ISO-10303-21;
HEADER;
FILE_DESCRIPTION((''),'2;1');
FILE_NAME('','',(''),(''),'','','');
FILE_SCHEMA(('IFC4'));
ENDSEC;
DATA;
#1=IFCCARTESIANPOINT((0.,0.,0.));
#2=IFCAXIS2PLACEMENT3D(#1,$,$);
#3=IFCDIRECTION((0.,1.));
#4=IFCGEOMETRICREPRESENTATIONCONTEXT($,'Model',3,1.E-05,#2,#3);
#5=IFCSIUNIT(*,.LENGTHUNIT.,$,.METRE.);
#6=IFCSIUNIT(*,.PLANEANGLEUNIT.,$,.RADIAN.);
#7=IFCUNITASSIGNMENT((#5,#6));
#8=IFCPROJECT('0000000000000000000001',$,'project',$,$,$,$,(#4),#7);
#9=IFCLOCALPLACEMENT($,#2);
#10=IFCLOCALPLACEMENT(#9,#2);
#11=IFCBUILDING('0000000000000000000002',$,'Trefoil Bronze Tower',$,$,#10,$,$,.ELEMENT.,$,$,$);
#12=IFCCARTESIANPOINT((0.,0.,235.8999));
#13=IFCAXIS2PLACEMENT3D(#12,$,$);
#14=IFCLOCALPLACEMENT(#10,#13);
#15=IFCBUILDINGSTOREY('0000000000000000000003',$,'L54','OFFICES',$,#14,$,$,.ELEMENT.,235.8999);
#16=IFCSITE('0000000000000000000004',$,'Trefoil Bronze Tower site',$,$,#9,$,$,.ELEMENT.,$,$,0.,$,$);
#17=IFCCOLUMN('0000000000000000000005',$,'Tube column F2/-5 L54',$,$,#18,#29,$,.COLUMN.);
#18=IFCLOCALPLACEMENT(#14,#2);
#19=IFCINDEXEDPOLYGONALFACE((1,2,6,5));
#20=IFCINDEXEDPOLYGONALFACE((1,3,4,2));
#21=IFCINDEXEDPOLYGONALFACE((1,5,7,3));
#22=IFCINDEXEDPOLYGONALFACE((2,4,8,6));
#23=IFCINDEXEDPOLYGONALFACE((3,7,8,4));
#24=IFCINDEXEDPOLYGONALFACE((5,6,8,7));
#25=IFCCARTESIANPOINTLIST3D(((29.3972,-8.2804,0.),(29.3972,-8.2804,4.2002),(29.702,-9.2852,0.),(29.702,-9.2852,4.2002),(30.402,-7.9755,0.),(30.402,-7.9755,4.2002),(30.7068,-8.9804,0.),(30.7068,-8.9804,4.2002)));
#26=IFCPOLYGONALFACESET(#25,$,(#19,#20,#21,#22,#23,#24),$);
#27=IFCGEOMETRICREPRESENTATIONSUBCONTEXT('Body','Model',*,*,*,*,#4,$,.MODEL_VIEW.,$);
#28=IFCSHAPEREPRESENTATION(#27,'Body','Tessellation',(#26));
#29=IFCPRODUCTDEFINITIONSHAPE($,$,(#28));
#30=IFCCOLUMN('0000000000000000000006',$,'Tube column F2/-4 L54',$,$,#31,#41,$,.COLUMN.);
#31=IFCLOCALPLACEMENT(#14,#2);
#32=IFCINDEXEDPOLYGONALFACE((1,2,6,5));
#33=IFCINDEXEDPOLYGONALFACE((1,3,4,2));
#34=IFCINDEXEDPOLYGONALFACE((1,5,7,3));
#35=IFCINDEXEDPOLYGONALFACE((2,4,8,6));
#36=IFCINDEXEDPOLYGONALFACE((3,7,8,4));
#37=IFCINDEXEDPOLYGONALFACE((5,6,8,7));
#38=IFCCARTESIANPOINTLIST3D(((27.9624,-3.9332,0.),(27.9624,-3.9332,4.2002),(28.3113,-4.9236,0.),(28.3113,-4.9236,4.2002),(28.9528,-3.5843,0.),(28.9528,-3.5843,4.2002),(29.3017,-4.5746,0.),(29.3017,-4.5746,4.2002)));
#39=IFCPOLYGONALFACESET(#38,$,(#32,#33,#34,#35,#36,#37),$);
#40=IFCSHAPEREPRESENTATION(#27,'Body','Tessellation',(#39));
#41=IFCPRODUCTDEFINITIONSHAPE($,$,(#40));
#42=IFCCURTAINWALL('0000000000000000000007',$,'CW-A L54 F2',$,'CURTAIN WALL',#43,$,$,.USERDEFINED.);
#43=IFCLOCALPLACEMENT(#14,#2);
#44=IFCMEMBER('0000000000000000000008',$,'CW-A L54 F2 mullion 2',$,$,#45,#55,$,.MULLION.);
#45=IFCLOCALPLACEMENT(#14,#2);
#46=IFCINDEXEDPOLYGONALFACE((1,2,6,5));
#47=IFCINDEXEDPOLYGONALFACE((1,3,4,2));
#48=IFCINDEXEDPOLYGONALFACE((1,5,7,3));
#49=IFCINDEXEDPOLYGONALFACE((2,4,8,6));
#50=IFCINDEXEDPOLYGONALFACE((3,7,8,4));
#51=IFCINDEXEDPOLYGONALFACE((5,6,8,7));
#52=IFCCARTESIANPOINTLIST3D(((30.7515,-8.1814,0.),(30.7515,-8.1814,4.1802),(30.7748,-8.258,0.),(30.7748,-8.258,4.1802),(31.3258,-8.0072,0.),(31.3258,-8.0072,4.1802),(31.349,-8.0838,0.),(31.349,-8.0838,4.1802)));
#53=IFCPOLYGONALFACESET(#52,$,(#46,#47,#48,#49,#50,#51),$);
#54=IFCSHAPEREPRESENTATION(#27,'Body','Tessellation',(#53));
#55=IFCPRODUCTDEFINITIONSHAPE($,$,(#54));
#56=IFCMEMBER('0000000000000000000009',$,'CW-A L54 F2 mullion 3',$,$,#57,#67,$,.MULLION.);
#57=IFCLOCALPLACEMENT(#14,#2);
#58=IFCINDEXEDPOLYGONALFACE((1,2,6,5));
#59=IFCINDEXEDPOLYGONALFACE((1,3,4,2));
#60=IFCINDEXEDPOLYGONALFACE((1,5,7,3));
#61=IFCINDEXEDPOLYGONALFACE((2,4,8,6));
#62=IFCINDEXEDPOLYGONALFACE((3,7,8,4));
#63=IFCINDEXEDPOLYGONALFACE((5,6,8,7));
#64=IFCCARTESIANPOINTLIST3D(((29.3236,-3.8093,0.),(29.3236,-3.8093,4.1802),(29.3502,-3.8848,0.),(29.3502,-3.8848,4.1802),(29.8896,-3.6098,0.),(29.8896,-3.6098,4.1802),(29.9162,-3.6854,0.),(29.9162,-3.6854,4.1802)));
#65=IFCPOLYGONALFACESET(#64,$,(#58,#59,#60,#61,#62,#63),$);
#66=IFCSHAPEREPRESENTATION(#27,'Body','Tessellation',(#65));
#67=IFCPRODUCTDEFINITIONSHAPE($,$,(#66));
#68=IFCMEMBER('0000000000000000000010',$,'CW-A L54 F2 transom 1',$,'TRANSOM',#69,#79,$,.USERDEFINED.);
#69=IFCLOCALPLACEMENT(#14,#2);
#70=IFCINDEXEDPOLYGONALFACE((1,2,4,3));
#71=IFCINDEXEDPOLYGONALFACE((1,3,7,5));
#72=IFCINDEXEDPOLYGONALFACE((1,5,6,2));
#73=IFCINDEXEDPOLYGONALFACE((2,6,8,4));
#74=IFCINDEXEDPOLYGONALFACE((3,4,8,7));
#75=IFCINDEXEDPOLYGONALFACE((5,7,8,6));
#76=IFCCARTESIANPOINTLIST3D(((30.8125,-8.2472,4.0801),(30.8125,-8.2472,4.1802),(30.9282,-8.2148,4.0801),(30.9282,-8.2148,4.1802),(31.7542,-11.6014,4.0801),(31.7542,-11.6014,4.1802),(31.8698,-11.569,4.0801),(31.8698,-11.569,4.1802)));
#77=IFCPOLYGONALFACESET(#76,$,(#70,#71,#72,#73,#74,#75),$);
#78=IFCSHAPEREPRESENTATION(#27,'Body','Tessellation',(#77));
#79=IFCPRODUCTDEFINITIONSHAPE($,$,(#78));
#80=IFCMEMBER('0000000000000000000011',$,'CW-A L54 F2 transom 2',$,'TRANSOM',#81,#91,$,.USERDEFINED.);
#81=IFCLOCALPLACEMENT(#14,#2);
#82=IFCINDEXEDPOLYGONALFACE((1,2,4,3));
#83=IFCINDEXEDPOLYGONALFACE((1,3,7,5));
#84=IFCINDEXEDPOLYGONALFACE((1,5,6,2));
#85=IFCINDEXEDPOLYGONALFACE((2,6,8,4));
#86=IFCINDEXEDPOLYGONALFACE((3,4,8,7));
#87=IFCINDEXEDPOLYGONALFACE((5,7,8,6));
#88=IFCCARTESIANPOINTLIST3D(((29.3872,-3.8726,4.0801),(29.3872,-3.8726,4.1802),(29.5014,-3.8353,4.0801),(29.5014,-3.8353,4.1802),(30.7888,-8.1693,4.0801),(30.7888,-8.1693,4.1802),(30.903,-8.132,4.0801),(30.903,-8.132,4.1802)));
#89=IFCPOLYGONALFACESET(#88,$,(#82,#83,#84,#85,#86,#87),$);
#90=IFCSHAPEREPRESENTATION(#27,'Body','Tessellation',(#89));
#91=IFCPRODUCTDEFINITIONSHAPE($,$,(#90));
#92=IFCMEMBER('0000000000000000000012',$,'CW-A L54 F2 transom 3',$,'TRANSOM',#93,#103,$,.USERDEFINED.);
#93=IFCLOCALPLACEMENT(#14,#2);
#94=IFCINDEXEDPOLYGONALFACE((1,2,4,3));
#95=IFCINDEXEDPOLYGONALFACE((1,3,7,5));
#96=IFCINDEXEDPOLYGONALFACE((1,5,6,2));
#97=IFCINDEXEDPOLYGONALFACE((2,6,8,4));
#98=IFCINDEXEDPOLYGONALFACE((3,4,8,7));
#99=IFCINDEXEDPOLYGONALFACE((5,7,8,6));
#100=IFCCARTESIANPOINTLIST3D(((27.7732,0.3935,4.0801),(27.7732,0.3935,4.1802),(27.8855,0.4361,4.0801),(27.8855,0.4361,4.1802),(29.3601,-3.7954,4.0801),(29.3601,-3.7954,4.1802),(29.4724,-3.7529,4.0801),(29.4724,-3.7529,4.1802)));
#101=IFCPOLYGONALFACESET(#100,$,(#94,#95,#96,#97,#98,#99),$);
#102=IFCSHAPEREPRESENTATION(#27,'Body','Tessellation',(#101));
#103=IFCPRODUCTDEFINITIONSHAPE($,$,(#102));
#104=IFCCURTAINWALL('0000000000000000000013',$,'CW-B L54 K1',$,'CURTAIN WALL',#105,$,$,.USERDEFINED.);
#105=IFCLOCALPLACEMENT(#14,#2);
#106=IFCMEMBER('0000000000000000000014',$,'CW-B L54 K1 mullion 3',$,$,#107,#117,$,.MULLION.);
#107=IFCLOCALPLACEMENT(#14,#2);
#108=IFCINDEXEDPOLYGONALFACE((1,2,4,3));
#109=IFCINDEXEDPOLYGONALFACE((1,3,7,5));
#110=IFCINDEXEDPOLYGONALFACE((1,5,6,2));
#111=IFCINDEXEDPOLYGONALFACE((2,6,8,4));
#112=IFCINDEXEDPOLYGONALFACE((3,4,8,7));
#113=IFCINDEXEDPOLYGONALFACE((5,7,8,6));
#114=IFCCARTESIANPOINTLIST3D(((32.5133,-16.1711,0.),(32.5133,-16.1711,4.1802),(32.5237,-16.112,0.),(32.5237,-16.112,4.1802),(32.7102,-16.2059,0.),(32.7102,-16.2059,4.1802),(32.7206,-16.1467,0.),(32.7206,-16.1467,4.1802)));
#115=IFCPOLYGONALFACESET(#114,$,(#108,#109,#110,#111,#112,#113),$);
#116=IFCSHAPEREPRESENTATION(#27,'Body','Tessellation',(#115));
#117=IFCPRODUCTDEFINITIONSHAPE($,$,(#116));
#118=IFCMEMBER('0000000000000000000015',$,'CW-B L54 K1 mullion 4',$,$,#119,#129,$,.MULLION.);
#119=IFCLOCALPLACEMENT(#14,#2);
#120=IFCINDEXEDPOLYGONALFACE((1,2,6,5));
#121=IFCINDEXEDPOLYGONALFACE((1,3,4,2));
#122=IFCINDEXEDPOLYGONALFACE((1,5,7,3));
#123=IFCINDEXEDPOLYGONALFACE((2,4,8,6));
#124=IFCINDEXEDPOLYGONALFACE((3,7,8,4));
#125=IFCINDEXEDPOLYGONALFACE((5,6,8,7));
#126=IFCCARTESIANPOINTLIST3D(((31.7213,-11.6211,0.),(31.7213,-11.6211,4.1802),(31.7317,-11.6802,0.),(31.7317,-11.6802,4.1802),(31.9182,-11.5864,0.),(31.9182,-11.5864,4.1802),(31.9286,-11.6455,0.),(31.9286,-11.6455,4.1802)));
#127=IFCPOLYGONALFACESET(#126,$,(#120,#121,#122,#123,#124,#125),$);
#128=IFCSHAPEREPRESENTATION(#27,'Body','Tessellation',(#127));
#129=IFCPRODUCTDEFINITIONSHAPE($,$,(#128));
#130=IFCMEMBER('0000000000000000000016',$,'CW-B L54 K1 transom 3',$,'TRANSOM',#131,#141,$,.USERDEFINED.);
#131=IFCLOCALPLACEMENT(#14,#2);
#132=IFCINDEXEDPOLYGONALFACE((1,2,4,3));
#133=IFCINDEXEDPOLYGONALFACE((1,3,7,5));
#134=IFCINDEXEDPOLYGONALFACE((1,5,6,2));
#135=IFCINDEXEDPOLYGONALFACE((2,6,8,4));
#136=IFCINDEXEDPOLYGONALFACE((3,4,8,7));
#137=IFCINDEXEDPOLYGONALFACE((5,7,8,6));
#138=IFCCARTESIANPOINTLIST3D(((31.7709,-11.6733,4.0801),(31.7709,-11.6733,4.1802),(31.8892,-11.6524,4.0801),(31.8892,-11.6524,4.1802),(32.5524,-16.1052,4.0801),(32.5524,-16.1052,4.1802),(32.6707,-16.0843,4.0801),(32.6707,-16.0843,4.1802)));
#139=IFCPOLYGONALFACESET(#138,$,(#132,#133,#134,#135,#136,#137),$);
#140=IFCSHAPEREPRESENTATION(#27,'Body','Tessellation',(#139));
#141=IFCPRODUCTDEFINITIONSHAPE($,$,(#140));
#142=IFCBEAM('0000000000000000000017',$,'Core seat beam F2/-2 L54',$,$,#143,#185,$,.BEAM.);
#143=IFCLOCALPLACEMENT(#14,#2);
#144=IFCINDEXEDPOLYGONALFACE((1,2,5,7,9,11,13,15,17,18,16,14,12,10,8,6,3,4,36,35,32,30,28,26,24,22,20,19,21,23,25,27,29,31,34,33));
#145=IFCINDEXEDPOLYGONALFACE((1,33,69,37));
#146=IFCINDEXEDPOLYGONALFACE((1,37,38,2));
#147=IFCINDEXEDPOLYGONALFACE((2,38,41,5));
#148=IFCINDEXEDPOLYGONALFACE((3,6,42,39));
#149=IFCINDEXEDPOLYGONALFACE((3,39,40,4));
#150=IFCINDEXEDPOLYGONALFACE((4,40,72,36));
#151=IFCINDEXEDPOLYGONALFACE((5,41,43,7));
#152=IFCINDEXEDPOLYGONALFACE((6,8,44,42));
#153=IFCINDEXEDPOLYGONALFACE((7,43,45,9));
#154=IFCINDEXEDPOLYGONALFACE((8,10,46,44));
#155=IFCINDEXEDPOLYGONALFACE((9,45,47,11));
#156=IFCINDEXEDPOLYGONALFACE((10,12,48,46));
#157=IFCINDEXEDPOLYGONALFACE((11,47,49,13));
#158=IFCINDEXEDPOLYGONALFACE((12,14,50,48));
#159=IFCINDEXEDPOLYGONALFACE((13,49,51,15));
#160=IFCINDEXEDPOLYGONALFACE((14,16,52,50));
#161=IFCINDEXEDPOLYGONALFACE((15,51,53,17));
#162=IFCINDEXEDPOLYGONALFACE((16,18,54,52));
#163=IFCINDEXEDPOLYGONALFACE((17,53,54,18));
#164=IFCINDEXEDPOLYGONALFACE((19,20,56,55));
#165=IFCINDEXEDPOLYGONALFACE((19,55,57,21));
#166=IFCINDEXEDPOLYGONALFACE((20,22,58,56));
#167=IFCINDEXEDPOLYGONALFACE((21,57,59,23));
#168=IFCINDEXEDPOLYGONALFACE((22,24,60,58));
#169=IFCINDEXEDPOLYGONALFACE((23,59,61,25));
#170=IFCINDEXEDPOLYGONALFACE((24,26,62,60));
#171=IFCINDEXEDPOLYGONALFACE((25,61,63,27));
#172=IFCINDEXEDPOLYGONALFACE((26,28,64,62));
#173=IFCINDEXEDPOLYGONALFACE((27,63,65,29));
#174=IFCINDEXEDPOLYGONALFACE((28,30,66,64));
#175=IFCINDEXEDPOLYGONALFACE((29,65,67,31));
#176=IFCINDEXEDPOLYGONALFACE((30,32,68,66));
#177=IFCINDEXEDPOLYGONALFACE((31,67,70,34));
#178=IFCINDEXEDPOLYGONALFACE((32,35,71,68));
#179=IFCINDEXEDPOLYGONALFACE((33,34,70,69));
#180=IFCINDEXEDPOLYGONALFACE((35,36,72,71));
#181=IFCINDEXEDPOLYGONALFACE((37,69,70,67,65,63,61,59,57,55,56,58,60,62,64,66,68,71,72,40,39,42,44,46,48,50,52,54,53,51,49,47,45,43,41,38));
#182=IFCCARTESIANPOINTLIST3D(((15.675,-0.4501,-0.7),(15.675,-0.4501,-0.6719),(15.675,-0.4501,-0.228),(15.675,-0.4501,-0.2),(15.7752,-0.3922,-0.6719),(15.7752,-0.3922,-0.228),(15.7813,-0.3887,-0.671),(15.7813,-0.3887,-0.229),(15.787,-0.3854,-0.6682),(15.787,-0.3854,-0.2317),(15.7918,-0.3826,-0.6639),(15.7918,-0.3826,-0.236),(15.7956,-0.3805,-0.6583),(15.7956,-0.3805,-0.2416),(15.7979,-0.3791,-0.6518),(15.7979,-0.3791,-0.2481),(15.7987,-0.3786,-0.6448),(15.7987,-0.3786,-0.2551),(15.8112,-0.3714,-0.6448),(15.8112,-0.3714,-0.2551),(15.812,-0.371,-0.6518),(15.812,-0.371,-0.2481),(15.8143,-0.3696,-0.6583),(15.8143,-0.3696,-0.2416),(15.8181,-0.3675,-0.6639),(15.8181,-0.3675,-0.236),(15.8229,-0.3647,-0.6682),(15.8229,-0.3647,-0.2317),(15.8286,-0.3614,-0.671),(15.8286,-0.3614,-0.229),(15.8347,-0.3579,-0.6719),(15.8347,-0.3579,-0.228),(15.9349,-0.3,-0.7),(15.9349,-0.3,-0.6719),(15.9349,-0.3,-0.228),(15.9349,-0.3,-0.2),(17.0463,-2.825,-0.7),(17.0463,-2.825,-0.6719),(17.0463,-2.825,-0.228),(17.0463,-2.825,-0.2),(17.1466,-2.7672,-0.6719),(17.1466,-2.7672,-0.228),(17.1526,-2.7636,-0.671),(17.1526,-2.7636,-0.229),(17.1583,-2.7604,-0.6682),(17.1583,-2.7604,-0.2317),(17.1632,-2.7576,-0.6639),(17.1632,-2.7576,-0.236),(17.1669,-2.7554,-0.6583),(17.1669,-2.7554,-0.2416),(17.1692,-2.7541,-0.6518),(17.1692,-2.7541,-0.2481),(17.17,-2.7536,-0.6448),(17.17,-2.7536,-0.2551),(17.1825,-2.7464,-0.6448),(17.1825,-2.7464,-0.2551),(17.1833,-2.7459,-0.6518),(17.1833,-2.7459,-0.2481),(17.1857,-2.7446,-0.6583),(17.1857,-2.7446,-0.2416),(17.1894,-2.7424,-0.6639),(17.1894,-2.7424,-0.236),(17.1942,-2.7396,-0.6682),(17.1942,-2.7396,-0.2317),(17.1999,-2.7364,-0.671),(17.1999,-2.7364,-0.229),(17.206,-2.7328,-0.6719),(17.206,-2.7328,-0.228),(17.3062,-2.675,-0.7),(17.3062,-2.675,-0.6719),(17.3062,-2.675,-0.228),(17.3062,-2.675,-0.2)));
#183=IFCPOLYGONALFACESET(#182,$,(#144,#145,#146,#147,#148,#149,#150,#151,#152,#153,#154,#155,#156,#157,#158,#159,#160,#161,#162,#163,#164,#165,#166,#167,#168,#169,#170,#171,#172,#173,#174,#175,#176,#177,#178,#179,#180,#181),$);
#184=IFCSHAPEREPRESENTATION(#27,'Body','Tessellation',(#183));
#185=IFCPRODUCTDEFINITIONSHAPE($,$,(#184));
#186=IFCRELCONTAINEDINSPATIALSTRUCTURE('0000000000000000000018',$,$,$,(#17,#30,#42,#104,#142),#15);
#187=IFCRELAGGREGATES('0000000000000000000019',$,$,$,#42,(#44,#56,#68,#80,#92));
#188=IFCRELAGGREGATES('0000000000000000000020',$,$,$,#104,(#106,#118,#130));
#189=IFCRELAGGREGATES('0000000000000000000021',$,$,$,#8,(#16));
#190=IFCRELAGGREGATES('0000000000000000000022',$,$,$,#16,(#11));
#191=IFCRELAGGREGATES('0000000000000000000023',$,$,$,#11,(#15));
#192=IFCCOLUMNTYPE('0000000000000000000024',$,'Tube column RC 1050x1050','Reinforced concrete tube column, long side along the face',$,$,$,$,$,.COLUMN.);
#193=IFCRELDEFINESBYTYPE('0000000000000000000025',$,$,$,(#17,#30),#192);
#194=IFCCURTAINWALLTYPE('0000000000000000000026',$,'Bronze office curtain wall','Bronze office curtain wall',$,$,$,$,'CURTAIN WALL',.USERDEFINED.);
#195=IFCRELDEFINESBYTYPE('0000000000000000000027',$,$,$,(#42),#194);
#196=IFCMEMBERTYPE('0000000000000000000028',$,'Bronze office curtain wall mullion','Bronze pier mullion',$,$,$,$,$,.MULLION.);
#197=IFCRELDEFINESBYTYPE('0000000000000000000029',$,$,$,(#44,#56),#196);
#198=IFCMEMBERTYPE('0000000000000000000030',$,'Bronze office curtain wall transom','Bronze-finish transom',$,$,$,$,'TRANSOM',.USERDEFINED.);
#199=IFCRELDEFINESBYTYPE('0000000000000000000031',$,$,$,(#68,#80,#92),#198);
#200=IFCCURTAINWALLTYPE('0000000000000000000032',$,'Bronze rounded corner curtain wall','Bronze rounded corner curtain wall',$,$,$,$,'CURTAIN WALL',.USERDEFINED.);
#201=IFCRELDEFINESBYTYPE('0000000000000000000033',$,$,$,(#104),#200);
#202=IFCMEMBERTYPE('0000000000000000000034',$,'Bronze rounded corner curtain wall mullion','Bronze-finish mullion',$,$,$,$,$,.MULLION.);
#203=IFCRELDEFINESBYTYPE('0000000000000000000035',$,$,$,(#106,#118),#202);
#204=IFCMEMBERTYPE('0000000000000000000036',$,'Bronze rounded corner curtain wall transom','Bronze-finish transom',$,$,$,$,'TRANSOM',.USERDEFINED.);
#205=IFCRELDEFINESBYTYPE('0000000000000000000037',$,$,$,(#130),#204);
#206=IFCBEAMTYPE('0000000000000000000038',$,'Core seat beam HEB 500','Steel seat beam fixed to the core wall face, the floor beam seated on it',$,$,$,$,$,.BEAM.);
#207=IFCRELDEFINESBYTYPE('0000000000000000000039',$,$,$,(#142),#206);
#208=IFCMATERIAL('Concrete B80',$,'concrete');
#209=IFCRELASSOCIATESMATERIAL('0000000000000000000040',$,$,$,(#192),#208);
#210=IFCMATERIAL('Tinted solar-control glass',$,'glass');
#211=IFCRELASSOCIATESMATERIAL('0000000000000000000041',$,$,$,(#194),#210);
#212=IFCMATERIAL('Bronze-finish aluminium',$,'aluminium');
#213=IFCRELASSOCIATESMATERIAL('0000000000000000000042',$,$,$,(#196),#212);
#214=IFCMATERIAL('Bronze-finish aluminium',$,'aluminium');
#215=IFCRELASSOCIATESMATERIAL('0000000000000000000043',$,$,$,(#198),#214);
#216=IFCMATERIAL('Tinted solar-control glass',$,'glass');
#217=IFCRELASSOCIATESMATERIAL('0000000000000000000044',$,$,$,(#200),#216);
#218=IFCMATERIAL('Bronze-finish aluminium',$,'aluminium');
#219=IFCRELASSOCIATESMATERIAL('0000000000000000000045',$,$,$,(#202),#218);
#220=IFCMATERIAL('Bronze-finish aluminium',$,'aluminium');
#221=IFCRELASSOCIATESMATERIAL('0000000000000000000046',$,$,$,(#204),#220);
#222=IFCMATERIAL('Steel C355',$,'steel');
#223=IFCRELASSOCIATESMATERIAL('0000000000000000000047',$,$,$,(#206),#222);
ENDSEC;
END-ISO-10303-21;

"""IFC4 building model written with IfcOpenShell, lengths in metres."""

from ifc_helpers import new_model, si_unit, direction, frame, origin, origin_2d, place, context, subcontext, project, spatial, rectangle, i_section, extrude, material, material_profile, profile_set, type_object, element, aggregate, save


model = new_model("IFC4")

# Units and contexts
model_context = context("Model", 3, precision=1e-05, world=origin(), true_north=direction((0.0, 1.0)))
body_context = subcontext(model_context, "Body", "Model", "MODEL_VIEW")
ifc_project = project(units=[si_unit("LENGTHUNIT", "METRE"), si_unit("PLANEANGLEUNIT", "RADIAN")], contexts=[model_context])

# Site, building, storey
site_placement = place(None, origin())
site = spatial("IfcSite", under=ifc_project, at=site_placement, Name="Trefoil Bronze Tower site", CompositionType="ELEMENT", RefElevation=0.0)
building_placement = place(site_placement, origin())
building = spatial("IfcBuilding", under=site, at=building_placement, Name="Trefoil Bronze Tower", CompositionType="ELEMENT")
storey_placement = place(building_placement, frame((0.0, 0.0, 235.8999)))
storey = spatial("IfcBuildingStorey", under=building, at=storey_placement, Name="L54", Description="OFFICES", CompositionType="ELEMENT", Elevation=235.8999)

# Columns
ifc_material_1 = material(Name="Concrete B80", Category="concrete")
ifc_material_profile_1 = material_profile(ifc_material_1, rectangle(XDim=1.05, YDim=1.05, at=origin_2d()), Name="RC 1050x1050")
ifc_profile_set_1 = profile_set([ifc_material_profile_1], Name="Concrete B80")
column_type = type_object("IfcColumnType", Name="Tube column RC 1050x1050", Description="Reinforced concrete tube column, long side along the face", PredefinedType="COLUMN", material=ifc_profile_set_1)
for number, where, z_axis, x_axis, name in (
    (1, (30.052, -8.6304, 0.0), (0.0, 0.0, 1.0), (-0.290278, 0.956942, 0.0), "Tube column F2/-5 L54"),
    (2, (28.6321, -4.2539, 0.0), (0.0, 0.0, 1.0), (-0.332282, 0.94318, 0.0), "Tube column F2/-4 L54"),
):
    element("IfcColumn", number, at=place(storey_placement, frame(where, z_axis=z_axis, x_axis=x_axis)), inside=storey, type_object=column_type, Name=name, PredefinedType="COLUMN", context=body_context, shape_type="SweptSolid", body=[
        extrude(rectangle(XDim=1.05, YDim=1.05, at=origin_2d()), origin(), (0.0, 0.0, 1.0), 4.2002),
    ])

# Curtain walls, members
ifc_material_2 = material(Name="Tinted solar-control glass", Category="glass")
curtain_wall_type_1 = type_object("IfcCurtainWallType", Name="Bronze office curtain wall", Description="Bronze office curtain wall", ElementType="CURTAIN WALL", PredefinedType="USERDEFINED", material=ifc_material_2)
curtain_wall_1_placement = place(storey_placement, origin())
curtain_wall_1 = element("IfcCurtainWall", 3, at=curtain_wall_1_placement, inside=storey, type_object=curtain_wall_type_1, Name="CW-A L54 F2", ObjectType="CURTAIN WALL", PredefinedType="USERDEFINED")
ifc_material_3 = material(Name="Bronze-finish aluminium", Category="aluminium")
ifc_material_profile_2 = material_profile(ifc_material_3, rectangle(XDim=0.6001, YDim=0.0801, at=origin_2d()), Name="CW-A mullion")
ifc_profile_set_2 = profile_set([ifc_material_profile_2], Name="Bronze-finish aluminium")
member_type_1 = type_object("IfcMemberType", Name="Bronze office curtain wall mullion", Description="Bronze pier mullion", PredefinedType="MULLION", material=ifc_profile_set_2)
member_1_placement = place(storey_placement, frame((31.0503, -8.1326, 0.0), z_axis=(0.0, 0.0, 1.0), x_axis=(-0.956942, -0.290278, 0.0)))
member_1 = element("IfcMember", 4, at=member_1_placement, type_object=member_type_1, Name="CW-A L54 F2 mullion 2", PredefinedType="MULLION", context=body_context, shape_type="SweptSolid", body=[
    extrude(rectangle(XDim=0.6001, YDim=0.0801, at=origin_2d()), origin(), (0.0, 0.0, 1.0), 4.1802),
])
member_2_placement = place(storey_placement, frame((29.6199, -3.7473, 0.0), z_axis=(0.0, 0.0, 1.0), x_axis=(-0.94318, -0.332282, 0.0)))
member_2 = element("IfcMember", 5, at=member_2_placement, type_object=member_type_1, Name="CW-A L54 F2 mullion 3", PredefinedType="MULLION", context=body_context, shape_type="SweptSolid", body=[
    extrude(rectangle(XDim=0.6001, YDim=0.0801, at=origin_2d()), origin(), (0.0, 0.0, 1.0), 4.1802),
])
ifc_material_4 = material(Name="Bronze-finish aluminium", Category="aluminium")
ifc_material_profile_3 = material_profile(ifc_material_4, rectangle(XDim=0.1201, YDim=0.1001, at=origin_2d()), Name="CW-A transom")
ifc_profile_set_3 = profile_set([ifc_material_profile_3], Name="Bronze-finish aluminium")
member_type_2 = type_object("IfcMemberType", Name="Bronze office curtain wall transom", Description="Bronze-finish transom", ElementType="TRANSOM", PredefinedType="USERDEFINED", material=ifc_profile_set_3)
member_3_placement = place(storey_placement, frame((31.812, -11.5852, 4.1301), z_axis=(-0.270285, 0.96278, 0.0), x_axis=(-0.96278, -0.270285, 0.0)))
member_3 = element("IfcMember", 6, at=member_3_placement, type_object=member_type_2, Name="CW-A L54 F2 transom 1", ObjectType="TRANSOM", PredefinedType="USERDEFINED", context=body_context, shape_type="SweptSolid", body=[
    extrude(rectangle(XDim=0.1201, YDim=0.1001, at=origin_2d()), origin(), (0.0, 0.0, 1.0), 3.4839),
])
member_4_placement = place(storey_placement, frame((30.8459, -8.1506, 4.1301), z_axis=(-0.310128, 0.950695, 0.0), x_axis=(-0.950695, -0.310128, 0.0)))
member_4 = element("IfcMember", 7, at=member_4_placement, type_object=member_type_2, Name="CW-A L54 F2 transom 2", ObjectType="TRANSOM", PredefinedType="USERDEFINED", context=body_context, shape_type="SweptSolid", body=[
    extrude(rectangle(XDim=0.1201, YDim=0.1001, at=origin_2d()), origin(), (0.0, 0.0, 1.0), 4.5195),
])
member_5_placement = place(storey_placement, frame((29.4163, -3.7742, 4.1301), z_axis=(-0.354263, 0.935146, 0.0), x_axis=(-0.935146, -0.354263, 0.0)))
member_5 = element("IfcMember", 8, at=member_5_placement, type_object=member_type_2, Name="CW-A L54 F2 transom 3", ObjectType="TRANSOM", PredefinedType="USERDEFINED", context=body_context, shape_type="SweptSolid", body=[
    extrude(rectangle(XDim=0.1201, YDim=0.1001, at=origin_2d()), origin(), (0.0, 0.0, 1.0), 4.4795),
])
ifc_material_5 = material(Name="Tinted solar-control glass", Category="glass")
curtain_wall_type_2 = type_object("IfcCurtainWallType", Name="Bronze rounded corner curtain wall", Description="Bronze rounded corner curtain wall", ElementType="CURTAIN WALL", PredefinedType="USERDEFINED", material=ifc_material_5)
curtain_wall_2_placement = place(storey_placement, origin())
curtain_wall_2 = element("IfcCurtainWall", 9, at=curtain_wall_2_placement, inside=storey, type_object=curtain_wall_type_2, Name="CW-B L54 K1", ObjectType="CURTAIN WALL", PredefinedType="USERDEFINED")
ifc_material_6 = material(Name="Bronze-finish aluminium", Category="aluminium")
ifc_material_profile_4 = material_profile(ifc_material_6, rectangle(XDim=0.2, YDim=0.0601, at=origin_2d()), Name="CW-B mullion")
ifc_profile_set_4 = profile_set([ifc_material_profile_4], Name="Bronze-finish aluminium")
member_type_3 = type_object("IfcMemberType", Name="Bronze rounded corner curtain wall mullion", Description="Bronze-finish mullion", PredefinedType="MULLION", material=ifc_profile_set_4)
member_6_placement = place(storey_placement, frame((32.6169, -16.1589, 0.0), z_axis=(0.0, 0.0, 1.0), x_axis=(-0.984808, 0.173648, 0.0)))
member_6 = element("IfcMember", 10, at=member_6_placement, type_object=member_type_3, Name="CW-B L54 K1 mullion 3", PredefinedType="MULLION", context=body_context, shape_type="SweptSolid", body=[
    extrude(rectangle(XDim=0.2, YDim=0.0601, at=origin_2d()), origin(), (0.0, 0.0, 1.0), 4.1802),
])
member_7_placement = place(storey_placement, frame((31.825, -11.6333, 0.0), z_axis=(0.0, 0.0, 1.0), x_axis=(-0.984808, -0.173648, 0.0)))
member_7 = element("IfcMember", 11, at=member_7_placement, type_object=member_type_3, Name="CW-B L54 K1 mullion 4", PredefinedType="MULLION", context=body_context, shape_type="SweptSolid", body=[
    extrude(rectangle(XDim=0.2, YDim=0.0601, at=origin_2d()), origin(), (0.0, 0.0, 1.0), 4.1802),
])
ifc_material_7 = material(Name="Bronze-finish aluminium", Category="aluminium")
ifc_material_profile_5 = material_profile(ifc_material_7, rectangle(XDim=0.1201, YDim=0.1001, at=origin_2d()), Name="CW-B transom")
ifc_profile_set_5 = profile_set([ifc_material_profile_5], Name="Bronze-finish aluminium")
member_type_4 = type_object("IfcMemberType", Name="Bronze rounded corner curtain wall transom", Description="Bronze-finish transom", ElementType="TRANSOM", PredefinedType="USERDEFINED", material=ifc_profile_set_5)
member_8_placement = place(storey_placement, frame((32.6116, -16.0947, 4.1301), z_axis=(-0.173655, 0.984806, 0.0), x_axis=(-0.984806, -0.173655, 0.0)))
member_8 = element("IfcMember", 12, at=member_8_placement, type_object=member_type_4, Name="CW-B L54 K1 transom 3", ObjectType="TRANSOM", PredefinedType="USERDEFINED", context=body_context, shape_type="SweptSolid", body=[
    extrude(rectangle(XDim=0.1201, YDim=0.1001, at=origin_2d()), origin(), (0.0, 0.0, 1.0), 4.5002),
])

# Beam
ifc_material_8 = material(Name="Steel C355", Category="steel")
ifc_material_profile_6 = material_profile(ifc_material_8, i_section(OverallWidth=0.3, OverallDepth=0.5, WebThickness=0.0144, FlangeThickness=0.0281, FilletRadius=0.0271, at=origin_2d()), Name="HEB 500")
ifc_profile_set_6 = profile_set([ifc_material_profile_6], Name="Steel C355")
beam_type_1 = type_object("IfcBeamType", Name="Core seat beam HEB 500", Description="Steel seat beam fixed to the core wall face, the floor beam seated on it", PredefinedType="BEAM", material=ifc_profile_set_6)
beam_1_placement = place(storey_placement, frame((17.1763, -2.75, -0.45), z_axis=(-0.500036, 0.866005, 0.0), x_axis=(-0.866005, -0.500036, 0.0)))
element("IfcBeam", 13, at=beam_1_placement, inside=storey, type_object=beam_type_1, Name="Core seat beam F2/-2 L54", PredefinedType="BEAM", context=body_context, shape_type="SweptSolid", body=[
    extrude(i_section(OverallWidth=0.3, OverallDepth=0.5, WebThickness=0.0144, FlangeThickness=0.0281, FilletRadius=0.0271, at=origin_2d()), origin(), (0.0, 0.0, 1.0), 2.7424),
])

aggregate(curtain_wall_1, [member_1, member_2, member_3, member_4, member_5])
aggregate(curtain_wall_2, [member_6, member_7, member_8])

save(model, "model.ifc")
